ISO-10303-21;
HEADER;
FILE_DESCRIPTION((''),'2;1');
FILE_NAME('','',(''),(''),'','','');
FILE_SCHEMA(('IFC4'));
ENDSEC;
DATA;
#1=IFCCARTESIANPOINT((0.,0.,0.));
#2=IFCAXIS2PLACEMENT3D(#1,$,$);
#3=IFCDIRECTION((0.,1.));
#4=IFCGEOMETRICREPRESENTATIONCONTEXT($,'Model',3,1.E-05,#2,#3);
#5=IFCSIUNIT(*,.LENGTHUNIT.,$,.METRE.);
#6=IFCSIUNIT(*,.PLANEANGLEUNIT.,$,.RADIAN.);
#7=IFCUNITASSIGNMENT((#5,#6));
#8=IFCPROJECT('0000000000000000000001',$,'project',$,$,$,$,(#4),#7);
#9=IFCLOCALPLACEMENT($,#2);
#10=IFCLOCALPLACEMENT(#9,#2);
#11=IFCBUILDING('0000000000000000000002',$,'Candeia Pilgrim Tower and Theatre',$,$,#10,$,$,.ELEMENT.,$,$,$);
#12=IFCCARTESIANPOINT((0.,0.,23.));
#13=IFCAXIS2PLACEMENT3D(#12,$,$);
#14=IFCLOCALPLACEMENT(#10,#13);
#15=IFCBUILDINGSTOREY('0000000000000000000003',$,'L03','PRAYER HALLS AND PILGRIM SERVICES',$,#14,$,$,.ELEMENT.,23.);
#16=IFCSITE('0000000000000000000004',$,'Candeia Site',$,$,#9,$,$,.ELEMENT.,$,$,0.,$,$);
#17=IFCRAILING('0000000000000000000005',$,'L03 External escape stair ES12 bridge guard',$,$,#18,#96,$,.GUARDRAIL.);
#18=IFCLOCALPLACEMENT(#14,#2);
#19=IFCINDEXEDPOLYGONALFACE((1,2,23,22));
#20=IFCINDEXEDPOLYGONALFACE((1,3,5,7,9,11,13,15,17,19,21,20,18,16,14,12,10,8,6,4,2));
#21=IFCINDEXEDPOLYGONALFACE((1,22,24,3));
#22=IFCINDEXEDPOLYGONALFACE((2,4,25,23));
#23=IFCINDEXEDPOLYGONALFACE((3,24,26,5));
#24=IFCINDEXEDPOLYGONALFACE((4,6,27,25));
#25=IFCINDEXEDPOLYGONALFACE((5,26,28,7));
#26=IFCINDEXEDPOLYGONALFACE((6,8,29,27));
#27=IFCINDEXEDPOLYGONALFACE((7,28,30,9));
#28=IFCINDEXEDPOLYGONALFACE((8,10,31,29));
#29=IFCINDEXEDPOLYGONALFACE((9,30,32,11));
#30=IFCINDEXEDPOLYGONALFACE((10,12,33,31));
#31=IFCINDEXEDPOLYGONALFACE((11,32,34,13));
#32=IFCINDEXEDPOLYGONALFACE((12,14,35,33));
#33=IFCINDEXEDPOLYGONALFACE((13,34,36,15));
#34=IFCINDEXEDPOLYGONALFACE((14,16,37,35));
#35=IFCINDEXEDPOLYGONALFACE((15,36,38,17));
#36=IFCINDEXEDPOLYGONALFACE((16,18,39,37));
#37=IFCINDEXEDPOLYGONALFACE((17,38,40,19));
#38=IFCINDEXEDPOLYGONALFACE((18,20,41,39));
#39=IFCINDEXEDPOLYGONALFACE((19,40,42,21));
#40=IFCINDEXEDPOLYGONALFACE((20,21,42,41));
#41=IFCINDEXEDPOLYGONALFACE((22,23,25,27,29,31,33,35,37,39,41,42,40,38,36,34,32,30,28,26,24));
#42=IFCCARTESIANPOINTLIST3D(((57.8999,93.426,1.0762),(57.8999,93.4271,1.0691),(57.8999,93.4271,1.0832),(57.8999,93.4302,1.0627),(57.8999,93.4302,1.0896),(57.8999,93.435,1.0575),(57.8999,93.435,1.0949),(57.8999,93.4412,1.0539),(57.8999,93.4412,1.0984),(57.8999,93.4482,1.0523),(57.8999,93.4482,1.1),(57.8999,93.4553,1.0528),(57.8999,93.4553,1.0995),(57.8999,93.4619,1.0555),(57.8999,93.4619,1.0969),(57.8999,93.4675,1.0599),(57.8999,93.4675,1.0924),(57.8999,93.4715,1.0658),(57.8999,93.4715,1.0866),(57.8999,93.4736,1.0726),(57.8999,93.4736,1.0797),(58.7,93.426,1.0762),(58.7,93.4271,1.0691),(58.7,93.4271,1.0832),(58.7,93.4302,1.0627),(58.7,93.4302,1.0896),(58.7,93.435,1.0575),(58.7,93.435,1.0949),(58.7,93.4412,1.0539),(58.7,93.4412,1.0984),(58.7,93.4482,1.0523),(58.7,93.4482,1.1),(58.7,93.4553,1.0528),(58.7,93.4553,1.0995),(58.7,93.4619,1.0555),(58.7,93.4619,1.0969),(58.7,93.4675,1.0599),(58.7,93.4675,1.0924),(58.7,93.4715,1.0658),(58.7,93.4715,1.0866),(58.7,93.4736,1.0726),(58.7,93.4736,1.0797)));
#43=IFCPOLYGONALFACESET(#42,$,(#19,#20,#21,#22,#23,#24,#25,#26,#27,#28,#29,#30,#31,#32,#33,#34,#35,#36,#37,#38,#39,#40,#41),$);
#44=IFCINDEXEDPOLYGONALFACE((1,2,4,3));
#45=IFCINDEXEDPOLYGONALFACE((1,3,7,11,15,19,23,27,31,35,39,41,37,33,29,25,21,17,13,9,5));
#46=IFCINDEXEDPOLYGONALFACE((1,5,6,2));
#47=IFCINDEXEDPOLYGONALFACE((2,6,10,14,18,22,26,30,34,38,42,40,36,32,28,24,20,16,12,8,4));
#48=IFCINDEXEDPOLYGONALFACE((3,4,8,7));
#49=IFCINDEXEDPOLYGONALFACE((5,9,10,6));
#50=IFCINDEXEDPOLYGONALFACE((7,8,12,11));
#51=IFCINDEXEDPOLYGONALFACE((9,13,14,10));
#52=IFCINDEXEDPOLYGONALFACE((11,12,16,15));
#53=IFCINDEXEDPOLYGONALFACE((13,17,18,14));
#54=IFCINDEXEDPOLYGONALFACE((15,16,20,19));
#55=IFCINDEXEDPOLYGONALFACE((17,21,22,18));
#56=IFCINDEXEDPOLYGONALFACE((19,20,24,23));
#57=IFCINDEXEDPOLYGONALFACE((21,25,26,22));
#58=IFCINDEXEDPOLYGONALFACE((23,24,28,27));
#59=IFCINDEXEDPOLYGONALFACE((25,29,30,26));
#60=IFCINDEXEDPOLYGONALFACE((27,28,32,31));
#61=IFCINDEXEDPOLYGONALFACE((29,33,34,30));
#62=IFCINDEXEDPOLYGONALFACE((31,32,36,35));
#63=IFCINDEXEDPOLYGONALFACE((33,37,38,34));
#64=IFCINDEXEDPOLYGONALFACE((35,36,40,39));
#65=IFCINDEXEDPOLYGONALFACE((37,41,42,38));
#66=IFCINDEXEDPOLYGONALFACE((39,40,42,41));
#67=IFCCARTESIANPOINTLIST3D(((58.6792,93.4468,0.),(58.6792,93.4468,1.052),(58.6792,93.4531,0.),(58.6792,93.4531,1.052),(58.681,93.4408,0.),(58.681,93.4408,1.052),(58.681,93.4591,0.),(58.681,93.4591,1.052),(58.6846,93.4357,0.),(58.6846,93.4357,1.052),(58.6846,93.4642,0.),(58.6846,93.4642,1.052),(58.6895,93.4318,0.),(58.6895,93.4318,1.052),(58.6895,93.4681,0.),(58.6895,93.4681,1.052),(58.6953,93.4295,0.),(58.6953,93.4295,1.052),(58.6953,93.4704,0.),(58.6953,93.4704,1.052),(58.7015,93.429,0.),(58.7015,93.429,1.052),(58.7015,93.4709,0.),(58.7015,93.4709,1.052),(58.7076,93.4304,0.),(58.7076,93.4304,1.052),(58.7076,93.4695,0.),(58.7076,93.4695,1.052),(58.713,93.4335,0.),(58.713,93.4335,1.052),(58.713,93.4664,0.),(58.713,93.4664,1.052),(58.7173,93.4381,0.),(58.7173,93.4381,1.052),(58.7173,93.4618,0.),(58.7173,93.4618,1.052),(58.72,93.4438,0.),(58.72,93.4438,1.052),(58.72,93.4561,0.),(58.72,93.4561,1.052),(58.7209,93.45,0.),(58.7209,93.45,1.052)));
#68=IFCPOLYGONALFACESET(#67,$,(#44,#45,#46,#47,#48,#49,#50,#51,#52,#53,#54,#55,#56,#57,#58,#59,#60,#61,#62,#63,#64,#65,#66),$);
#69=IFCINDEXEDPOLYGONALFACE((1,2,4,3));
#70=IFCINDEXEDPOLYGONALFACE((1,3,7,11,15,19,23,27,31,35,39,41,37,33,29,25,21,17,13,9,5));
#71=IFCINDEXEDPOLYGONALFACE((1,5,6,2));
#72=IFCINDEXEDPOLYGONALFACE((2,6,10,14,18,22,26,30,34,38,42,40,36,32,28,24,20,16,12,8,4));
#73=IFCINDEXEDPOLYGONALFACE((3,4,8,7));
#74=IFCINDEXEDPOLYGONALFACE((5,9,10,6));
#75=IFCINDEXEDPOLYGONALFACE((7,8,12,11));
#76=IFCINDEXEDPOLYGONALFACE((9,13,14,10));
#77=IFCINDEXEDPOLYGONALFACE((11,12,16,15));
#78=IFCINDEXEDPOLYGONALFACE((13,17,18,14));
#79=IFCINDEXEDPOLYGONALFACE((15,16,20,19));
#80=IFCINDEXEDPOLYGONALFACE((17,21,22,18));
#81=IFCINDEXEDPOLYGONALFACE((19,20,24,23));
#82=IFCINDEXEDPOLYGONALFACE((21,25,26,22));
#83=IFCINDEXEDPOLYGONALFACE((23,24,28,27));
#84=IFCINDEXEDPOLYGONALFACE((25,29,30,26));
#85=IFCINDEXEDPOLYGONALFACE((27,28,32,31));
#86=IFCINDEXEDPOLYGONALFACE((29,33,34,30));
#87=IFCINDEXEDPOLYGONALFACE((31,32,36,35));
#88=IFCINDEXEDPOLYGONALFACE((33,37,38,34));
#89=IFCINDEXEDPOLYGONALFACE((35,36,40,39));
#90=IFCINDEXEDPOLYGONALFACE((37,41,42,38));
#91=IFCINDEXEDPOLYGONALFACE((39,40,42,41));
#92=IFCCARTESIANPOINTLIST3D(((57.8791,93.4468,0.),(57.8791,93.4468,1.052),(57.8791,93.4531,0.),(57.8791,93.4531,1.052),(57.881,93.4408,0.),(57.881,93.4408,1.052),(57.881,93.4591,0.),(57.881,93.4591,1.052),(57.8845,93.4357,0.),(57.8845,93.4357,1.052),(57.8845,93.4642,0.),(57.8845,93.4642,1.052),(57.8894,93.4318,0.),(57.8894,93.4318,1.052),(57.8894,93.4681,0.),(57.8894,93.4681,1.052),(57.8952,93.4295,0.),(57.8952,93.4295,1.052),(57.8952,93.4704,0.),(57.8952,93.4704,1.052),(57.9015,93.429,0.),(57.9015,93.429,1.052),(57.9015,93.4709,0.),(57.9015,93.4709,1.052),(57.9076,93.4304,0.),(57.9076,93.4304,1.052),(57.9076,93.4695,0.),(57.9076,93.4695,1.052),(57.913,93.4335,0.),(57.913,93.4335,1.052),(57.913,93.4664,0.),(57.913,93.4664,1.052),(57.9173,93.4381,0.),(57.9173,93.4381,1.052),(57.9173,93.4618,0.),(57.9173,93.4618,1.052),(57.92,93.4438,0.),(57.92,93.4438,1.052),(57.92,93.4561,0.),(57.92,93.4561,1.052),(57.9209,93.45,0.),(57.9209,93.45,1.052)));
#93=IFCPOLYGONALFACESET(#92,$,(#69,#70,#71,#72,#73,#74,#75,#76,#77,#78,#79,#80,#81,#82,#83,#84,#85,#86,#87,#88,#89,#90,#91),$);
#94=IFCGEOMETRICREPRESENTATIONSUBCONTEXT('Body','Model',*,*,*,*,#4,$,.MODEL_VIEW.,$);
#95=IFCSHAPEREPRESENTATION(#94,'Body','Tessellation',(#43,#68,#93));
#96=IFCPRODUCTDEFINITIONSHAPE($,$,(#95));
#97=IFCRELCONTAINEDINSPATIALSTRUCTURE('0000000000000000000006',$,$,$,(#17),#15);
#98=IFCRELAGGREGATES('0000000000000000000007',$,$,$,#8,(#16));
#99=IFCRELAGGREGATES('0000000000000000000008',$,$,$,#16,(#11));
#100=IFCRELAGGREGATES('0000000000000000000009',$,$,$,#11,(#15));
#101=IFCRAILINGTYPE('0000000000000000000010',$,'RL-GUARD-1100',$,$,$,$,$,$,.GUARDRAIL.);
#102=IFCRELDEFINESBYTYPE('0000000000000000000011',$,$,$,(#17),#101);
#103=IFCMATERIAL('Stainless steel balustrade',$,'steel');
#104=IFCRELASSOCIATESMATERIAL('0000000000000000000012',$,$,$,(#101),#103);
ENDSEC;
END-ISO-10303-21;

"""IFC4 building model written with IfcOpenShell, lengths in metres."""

from ifc_helpers import new_model, si_unit, direction, frame, origin, origin_2d, place, context, subcontext, project, spatial, circle, extrude, material, type_object, element, save


model = new_model("IFC4")

# Units and contexts
model_context = context("Model", 3, precision=1e-05, world=origin(), true_north=direction((0.0, 1.0)))
body_context = subcontext(model_context, "Body", "Model", "MODEL_VIEW")
ifc_project = project(units=[si_unit("LENGTHUNIT", "METRE"), si_unit("PLANEANGLEUNIT", "RADIAN")], contexts=[model_context])

# Site, building, storey
site_placement = place(None, origin())
site = spatial("IfcSite", under=ifc_project, at=site_placement, Name="Candeia Site", CompositionType="ELEMENT", RefElevation=0.0)
building_placement = place(site_placement, origin())
building = spatial("IfcBuilding", under=site, at=building_placement, Name="Candeia Pilgrim Tower and Theatre", CompositionType="ELEMENT")
storey_placement = place(building_placement, frame((0.0, 0.0, 23.0)))
storey = spatial("IfcBuildingStorey", under=building, at=storey_placement, Name="L03", Description="PRAYER HALLS AND PILGRIM SERVICES", CompositionType="ELEMENT", Elevation=23.0)

# Railing
ifc_material_1 = material(Name="Stainless steel balustrade", Category="steel")
railing_type_1 = type_object("IfcRailingType", Name="RL-GUARD-1100", PredefinedType="GUARDRAIL", material=ifc_material_1)
railing_1_placement = place(storey_placement, frame((58.7, 93.45, 0.0)))
element("IfcRailing", 1, at=railing_1_placement, inside=storey, type_object=railing_type_1, Name="L03 External escape stair ES12 bridge guard", PredefinedType="GUARDRAIL", context=body_context, shape_type="SweptSolid", body=[
    extrude(circle(Radius=0.0239, at=origin_2d()), frame((0.0, 0.0, 1.0762), z_axis=(-1.0, 0.0, 0.0), x_axis=(0.0, -1.0, 0.0)), (0.0, 0.0, 1.0), 0.8),
    extrude(circle(Radius=0.021, at=origin_2d()), origin(), (0.0, 0.0, 1.0), 1.052),
    extrude(circle(Radius=0.021, at=origin_2d()), frame((-0.8, 0.0, 0.0)), (0.0, 0.0, 1.0), 1.052),
])

save(model, "model.ifc")
